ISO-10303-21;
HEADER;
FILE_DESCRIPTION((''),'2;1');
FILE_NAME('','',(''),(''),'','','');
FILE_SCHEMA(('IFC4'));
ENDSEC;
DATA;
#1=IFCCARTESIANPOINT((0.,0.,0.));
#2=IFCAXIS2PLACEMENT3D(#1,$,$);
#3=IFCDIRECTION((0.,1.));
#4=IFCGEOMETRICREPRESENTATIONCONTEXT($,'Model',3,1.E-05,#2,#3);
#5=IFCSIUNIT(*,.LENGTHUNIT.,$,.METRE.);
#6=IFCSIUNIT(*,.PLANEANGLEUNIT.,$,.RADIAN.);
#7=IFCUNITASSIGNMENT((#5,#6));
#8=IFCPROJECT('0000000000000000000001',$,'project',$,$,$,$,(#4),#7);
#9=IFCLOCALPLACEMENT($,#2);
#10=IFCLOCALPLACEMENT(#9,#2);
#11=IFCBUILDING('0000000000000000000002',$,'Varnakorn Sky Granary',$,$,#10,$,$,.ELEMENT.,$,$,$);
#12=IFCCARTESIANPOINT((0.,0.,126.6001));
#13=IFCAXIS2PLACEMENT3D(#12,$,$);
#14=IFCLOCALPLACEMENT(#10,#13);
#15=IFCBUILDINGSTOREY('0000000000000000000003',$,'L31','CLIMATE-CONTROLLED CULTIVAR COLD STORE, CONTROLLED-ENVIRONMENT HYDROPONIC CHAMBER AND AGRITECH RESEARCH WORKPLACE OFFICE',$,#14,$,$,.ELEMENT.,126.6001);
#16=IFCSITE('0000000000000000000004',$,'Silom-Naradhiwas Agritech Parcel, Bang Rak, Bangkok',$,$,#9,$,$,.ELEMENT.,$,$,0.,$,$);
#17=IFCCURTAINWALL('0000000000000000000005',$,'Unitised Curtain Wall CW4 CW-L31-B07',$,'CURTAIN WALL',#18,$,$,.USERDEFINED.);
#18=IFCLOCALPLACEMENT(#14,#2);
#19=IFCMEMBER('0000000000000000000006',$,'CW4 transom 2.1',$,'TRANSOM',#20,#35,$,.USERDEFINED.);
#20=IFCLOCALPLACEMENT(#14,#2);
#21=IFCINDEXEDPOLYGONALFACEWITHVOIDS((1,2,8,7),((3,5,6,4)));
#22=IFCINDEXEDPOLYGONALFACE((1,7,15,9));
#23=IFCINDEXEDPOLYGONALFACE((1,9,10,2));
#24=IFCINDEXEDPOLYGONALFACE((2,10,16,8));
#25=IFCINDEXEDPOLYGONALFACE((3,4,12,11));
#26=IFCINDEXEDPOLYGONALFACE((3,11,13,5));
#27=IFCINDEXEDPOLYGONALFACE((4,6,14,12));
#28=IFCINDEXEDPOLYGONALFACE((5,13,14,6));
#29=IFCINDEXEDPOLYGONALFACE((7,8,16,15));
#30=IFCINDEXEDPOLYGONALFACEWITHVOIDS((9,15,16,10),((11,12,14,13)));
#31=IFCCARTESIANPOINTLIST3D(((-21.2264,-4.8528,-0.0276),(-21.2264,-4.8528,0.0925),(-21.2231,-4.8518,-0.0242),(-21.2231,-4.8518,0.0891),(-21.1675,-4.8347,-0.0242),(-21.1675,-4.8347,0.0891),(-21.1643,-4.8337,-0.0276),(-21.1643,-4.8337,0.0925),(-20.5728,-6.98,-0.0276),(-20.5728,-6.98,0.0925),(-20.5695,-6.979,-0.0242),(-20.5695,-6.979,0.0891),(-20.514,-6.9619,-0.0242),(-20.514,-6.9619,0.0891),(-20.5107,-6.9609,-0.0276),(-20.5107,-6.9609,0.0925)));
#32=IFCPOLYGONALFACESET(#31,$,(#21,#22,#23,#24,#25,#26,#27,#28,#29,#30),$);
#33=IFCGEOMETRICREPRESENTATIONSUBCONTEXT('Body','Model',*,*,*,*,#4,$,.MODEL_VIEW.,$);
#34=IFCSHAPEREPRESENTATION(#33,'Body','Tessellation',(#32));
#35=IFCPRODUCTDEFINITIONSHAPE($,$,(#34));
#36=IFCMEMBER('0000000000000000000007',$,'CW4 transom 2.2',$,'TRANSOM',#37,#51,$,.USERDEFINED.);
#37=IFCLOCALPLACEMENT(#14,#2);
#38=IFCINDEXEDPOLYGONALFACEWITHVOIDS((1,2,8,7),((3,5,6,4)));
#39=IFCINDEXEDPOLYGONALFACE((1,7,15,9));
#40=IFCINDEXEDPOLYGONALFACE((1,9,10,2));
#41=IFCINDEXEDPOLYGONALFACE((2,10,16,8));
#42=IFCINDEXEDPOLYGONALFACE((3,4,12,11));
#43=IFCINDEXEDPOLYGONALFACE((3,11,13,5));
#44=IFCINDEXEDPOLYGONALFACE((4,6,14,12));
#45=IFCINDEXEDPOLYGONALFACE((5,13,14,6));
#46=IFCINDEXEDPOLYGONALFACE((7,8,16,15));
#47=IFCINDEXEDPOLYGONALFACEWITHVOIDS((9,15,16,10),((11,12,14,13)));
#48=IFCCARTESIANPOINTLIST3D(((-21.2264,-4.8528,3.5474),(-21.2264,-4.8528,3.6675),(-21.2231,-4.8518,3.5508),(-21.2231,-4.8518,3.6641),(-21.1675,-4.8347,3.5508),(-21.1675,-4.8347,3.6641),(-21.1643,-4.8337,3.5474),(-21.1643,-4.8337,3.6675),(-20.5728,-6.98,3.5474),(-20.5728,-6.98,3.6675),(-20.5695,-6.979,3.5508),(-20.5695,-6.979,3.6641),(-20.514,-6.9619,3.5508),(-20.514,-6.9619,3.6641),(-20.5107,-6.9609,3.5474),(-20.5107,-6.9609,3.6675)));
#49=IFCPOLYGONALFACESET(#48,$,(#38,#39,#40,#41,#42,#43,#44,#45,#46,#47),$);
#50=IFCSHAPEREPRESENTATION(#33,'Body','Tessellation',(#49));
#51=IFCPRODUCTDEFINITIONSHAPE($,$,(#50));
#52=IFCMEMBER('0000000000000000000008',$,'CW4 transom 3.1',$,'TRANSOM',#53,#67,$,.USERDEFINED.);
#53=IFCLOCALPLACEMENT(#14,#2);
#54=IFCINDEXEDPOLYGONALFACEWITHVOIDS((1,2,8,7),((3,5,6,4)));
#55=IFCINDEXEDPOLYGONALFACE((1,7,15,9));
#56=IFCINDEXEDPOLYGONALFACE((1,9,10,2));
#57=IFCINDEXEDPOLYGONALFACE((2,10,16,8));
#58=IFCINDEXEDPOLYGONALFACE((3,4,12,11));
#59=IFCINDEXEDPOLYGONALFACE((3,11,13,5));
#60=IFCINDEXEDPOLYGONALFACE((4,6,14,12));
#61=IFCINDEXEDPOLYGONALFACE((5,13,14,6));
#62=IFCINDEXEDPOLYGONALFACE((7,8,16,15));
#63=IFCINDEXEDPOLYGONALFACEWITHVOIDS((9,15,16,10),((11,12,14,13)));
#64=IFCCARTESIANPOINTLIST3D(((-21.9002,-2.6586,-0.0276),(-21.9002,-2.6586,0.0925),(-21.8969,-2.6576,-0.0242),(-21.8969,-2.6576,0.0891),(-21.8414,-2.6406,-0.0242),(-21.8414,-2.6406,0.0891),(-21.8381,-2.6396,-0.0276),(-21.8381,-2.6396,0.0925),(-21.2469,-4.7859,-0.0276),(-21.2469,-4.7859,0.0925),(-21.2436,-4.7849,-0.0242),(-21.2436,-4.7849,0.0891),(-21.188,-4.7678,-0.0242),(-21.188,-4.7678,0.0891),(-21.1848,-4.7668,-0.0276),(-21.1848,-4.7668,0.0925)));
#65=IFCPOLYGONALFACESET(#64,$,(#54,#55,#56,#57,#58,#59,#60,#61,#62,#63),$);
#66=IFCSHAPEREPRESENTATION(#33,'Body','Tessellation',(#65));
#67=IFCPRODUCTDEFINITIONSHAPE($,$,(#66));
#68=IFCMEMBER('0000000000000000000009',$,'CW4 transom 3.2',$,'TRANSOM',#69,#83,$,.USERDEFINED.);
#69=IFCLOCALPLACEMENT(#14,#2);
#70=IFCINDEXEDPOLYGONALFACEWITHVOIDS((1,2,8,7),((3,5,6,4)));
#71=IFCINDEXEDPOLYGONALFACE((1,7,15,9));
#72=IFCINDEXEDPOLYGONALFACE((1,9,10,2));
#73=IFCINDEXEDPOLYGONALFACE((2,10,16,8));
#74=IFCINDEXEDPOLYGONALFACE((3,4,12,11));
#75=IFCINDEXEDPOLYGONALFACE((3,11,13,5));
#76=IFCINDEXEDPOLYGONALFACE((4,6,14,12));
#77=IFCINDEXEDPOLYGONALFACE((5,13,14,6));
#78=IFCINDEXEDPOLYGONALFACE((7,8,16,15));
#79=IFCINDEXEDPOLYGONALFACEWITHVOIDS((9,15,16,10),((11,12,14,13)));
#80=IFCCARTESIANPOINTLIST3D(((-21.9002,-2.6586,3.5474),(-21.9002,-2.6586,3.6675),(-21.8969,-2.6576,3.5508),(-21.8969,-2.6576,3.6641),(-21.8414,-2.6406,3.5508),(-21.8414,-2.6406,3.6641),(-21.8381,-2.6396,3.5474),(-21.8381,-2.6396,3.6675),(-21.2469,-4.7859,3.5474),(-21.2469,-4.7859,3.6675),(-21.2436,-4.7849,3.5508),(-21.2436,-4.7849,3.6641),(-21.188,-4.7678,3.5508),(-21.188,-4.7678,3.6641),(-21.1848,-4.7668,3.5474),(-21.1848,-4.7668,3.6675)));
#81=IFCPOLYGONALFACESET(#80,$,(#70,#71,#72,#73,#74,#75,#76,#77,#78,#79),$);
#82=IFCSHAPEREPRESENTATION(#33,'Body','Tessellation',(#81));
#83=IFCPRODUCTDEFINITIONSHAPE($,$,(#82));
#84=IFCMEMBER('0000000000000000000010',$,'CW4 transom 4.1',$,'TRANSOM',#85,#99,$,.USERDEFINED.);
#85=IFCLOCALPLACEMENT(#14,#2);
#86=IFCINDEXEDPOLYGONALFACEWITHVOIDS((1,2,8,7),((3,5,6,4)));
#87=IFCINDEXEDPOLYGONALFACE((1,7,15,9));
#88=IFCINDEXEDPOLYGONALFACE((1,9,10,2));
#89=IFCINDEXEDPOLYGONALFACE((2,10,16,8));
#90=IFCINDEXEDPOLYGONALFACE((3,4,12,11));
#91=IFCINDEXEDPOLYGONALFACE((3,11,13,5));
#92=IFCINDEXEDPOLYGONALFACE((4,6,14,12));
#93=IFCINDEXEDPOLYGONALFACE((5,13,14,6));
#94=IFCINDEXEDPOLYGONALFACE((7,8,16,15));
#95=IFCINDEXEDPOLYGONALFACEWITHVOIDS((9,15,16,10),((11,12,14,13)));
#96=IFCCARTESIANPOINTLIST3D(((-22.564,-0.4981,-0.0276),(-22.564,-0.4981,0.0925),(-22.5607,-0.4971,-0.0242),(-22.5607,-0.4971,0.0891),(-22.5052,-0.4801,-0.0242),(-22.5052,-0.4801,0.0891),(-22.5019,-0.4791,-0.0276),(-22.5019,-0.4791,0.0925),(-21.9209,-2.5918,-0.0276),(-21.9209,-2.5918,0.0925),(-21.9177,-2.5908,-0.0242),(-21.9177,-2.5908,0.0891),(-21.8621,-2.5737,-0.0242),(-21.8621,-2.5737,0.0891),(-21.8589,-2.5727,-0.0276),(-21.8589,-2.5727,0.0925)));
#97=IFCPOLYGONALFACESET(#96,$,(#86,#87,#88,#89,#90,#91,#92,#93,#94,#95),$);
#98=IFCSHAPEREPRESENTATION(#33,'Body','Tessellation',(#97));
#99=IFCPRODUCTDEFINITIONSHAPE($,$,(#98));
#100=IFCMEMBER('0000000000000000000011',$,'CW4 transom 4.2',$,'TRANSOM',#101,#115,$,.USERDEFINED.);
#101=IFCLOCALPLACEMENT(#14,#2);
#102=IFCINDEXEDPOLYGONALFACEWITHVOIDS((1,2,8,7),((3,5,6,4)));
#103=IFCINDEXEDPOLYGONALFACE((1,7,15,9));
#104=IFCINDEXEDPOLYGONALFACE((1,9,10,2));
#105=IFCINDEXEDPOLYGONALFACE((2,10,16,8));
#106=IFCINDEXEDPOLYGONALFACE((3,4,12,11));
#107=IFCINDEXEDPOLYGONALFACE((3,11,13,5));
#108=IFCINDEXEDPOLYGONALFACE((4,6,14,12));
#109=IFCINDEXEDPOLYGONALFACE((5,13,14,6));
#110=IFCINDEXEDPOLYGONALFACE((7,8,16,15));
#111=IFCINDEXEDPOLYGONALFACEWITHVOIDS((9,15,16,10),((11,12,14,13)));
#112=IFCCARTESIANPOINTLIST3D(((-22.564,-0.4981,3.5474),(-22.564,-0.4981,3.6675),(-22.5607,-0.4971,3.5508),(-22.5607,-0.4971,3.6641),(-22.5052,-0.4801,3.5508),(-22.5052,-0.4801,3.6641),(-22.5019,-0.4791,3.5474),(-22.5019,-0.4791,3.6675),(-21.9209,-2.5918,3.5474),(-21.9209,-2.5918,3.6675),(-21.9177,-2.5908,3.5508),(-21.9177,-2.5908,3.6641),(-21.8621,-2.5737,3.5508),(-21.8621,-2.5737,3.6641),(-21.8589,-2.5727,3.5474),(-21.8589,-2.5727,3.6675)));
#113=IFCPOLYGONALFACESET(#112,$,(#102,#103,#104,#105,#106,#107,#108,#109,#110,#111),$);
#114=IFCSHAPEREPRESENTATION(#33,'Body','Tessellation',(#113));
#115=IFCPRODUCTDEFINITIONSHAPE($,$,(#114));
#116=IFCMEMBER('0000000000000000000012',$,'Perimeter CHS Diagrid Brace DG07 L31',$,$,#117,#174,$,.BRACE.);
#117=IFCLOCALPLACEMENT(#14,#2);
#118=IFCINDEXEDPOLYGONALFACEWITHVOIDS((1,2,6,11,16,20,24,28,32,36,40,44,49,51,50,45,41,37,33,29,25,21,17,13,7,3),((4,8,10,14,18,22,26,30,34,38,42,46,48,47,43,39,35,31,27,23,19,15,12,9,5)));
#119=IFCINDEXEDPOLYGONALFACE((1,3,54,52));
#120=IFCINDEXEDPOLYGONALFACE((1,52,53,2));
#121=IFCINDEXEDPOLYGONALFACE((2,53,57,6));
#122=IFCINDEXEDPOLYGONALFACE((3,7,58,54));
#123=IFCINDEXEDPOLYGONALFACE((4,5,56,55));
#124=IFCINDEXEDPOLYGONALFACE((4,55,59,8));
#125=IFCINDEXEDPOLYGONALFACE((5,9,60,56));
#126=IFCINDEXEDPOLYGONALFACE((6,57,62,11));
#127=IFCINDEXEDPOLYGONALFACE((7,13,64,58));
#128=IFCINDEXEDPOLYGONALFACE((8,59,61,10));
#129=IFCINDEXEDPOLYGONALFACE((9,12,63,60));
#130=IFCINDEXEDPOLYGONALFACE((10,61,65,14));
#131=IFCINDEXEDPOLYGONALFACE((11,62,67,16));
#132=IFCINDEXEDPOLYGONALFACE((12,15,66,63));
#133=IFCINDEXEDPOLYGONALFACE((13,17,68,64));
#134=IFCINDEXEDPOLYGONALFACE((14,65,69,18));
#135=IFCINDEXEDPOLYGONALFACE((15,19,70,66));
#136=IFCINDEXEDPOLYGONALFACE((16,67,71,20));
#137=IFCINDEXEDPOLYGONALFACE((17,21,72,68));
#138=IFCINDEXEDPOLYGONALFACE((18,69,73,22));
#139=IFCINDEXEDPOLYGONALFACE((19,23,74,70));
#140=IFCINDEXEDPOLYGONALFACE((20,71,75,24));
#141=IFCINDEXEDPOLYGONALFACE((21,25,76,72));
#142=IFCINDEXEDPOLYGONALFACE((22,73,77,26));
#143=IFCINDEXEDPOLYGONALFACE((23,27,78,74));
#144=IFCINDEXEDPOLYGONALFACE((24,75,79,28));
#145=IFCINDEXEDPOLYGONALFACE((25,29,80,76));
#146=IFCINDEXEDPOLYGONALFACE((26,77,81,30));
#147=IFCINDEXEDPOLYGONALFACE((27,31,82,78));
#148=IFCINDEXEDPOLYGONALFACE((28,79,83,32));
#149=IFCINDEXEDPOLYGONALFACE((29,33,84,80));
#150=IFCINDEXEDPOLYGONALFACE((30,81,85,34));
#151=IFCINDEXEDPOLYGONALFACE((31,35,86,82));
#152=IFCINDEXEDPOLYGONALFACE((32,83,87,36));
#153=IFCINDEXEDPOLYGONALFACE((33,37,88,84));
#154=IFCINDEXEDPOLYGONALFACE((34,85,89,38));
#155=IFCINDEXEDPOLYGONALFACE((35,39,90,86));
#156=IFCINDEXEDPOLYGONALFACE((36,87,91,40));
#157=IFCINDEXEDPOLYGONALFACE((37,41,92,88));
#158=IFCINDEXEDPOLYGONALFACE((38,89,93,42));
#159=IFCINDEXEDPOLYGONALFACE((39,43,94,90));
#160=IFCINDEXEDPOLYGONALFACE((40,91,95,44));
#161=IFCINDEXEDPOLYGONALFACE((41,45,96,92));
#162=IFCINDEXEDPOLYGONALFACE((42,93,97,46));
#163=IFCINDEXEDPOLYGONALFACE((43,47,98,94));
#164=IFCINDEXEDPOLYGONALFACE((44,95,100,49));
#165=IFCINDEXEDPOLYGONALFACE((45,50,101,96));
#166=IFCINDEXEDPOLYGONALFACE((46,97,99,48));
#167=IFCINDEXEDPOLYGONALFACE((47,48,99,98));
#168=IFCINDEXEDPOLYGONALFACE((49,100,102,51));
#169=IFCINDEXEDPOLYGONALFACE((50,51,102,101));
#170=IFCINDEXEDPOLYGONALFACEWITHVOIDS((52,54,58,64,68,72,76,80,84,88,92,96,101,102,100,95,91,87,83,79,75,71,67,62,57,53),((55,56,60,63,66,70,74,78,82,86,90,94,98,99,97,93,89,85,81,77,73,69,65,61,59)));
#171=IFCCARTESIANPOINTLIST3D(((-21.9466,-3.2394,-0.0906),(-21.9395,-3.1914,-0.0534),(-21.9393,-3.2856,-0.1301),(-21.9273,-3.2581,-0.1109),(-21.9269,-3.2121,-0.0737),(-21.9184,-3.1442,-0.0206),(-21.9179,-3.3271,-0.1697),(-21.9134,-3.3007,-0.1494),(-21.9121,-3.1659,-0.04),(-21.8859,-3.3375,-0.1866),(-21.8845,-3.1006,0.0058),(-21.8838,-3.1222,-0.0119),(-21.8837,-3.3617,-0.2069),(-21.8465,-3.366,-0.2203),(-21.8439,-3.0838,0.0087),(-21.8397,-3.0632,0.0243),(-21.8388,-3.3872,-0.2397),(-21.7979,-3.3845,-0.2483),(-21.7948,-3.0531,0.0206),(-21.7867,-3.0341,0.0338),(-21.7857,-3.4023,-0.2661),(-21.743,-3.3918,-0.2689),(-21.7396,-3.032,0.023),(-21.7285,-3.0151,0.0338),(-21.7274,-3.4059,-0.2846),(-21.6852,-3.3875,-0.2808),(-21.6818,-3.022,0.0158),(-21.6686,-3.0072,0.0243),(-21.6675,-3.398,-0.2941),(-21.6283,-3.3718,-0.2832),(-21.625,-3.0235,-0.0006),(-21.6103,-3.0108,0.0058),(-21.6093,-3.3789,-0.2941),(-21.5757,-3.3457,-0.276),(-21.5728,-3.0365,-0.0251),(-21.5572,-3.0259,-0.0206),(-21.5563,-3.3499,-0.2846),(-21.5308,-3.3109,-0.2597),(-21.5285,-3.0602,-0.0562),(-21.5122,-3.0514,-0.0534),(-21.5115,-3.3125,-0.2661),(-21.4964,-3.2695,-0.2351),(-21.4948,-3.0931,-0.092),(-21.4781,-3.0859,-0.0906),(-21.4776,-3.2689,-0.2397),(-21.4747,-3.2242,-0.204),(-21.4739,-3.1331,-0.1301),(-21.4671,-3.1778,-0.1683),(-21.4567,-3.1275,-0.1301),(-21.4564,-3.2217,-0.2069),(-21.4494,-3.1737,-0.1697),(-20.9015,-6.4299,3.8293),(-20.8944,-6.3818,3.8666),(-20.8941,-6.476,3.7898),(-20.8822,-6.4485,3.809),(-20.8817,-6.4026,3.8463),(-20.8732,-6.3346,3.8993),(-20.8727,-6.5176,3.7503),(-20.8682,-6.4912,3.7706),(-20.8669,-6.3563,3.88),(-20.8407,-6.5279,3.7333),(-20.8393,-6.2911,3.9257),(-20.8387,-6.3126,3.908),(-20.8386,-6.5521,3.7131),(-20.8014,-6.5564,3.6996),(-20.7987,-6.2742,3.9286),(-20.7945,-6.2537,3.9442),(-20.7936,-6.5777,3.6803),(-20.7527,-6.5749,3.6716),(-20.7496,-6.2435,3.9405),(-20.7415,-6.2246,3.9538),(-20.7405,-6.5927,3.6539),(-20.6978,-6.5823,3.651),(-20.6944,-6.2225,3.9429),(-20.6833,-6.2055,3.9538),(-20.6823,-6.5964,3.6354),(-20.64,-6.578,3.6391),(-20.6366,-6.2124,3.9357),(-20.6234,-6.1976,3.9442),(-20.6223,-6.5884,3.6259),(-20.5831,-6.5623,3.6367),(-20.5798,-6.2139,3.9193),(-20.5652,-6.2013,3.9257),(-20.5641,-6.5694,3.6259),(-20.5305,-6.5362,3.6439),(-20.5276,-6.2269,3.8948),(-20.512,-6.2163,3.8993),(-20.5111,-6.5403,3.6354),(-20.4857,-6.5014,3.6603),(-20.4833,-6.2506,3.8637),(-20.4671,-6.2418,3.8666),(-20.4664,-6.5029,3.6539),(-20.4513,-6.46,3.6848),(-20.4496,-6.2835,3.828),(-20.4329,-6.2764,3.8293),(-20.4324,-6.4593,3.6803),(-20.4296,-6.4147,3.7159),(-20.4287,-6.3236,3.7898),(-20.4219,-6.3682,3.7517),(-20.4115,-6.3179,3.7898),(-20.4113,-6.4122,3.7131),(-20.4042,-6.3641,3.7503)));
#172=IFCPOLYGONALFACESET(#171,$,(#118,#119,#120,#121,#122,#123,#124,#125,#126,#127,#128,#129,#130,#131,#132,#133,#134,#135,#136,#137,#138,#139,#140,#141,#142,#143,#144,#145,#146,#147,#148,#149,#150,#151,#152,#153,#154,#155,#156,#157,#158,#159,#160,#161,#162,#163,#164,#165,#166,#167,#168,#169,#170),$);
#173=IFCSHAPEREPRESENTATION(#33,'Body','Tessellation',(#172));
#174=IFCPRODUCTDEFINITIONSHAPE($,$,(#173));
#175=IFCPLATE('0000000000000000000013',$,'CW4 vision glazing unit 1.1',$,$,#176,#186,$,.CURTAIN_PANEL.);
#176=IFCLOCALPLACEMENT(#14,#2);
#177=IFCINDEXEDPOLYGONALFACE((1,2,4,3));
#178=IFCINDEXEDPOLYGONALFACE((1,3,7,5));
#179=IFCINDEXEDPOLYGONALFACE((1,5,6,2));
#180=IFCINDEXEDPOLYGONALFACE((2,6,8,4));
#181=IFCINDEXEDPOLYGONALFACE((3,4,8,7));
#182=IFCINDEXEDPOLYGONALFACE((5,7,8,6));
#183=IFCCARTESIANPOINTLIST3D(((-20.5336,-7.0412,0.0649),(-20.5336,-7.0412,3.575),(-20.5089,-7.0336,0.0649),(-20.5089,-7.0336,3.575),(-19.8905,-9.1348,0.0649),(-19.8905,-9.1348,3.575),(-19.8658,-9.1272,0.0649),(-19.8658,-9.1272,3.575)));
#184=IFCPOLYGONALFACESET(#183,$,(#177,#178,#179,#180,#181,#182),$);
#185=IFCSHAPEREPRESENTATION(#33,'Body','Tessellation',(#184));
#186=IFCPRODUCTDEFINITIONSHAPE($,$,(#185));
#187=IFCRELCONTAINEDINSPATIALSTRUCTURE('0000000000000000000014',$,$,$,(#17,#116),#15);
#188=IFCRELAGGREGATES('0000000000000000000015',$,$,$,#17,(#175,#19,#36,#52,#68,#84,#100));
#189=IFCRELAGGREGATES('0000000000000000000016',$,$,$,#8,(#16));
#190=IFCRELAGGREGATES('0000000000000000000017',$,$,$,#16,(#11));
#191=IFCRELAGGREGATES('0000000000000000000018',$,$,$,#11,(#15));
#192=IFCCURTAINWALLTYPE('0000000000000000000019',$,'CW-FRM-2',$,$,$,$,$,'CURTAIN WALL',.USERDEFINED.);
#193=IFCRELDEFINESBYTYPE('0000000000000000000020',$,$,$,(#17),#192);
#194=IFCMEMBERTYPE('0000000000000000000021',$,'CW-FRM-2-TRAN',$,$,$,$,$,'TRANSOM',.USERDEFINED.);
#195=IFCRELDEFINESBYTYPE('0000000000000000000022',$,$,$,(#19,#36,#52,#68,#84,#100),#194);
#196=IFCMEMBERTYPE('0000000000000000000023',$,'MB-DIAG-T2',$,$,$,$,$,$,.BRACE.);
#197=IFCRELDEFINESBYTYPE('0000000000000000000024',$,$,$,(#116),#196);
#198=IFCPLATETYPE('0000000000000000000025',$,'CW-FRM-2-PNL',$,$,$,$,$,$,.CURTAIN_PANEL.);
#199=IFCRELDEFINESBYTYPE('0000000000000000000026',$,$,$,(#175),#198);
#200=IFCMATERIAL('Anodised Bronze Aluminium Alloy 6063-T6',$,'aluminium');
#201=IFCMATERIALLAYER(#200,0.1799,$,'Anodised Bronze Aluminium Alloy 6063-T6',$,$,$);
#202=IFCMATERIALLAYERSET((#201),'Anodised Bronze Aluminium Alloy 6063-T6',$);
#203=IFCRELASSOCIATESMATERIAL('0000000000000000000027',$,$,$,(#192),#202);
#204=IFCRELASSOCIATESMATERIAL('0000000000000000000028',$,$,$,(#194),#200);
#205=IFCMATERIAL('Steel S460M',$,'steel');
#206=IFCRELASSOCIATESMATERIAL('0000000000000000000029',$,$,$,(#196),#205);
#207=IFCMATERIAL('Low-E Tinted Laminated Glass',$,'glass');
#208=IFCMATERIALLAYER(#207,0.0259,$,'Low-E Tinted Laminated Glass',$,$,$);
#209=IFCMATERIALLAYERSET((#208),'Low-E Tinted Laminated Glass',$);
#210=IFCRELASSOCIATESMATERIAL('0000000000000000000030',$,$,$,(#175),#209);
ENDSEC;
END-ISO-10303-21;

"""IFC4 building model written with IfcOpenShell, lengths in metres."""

from ifc_helpers import new_model, si_unit, direction, frame, origin, origin_2d, place, context, subcontext, project, spatial, rectangle, hollow_rectangle, hollow_circle, extrude, source, transform, mapped, material, layer, layer_set, material_profile, profile_set, type_object, element, aggregate, save


model = new_model("IFC4")

# Units and contexts
model_context = context("Model", 3, precision=1e-05, world=origin(), true_north=direction((0.0, 1.0)))
body_context = subcontext(model_context, "Body", "Model", "MODEL_VIEW")
ifc_project = project(units=[si_unit("LENGTHUNIT", "METRE"), si_unit("PLANEANGLEUNIT", "RADIAN")], contexts=[model_context])

# Site, building, storey
site_placement = place(None, origin())
site = spatial("IfcSite", under=ifc_project, at=site_placement, Name="Silom-Naradhiwas Agritech Parcel, Bang Rak, Bangkok", CompositionType="ELEMENT", RefElevation=0.0)
building_placement = place(site_placement, origin())
building = spatial("IfcBuilding", under=site, at=building_placement, Name="Varnakorn Sky Granary", CompositionType="ELEMENT")
storey_placement = place(building_placement, frame((0.0, 0.0, 126.6001)))
storey = spatial("IfcBuildingStorey", under=building, at=storey_placement, Name="L31", Description="CLIMATE-CONTROLLED CULTIVAR COLD STORE, CONTROLLED-ENVIRONMENT HYDROPONIC CHAMBER AND AGRITECH RESEARCH WORKPLACE OFFICE", CompositionType="ELEMENT", Elevation=126.6001)

# Shared definitions
ifc_material_1 = material(Name="Steel S460M", Category="steel")

# Curtain wall, members
ifc_material_2 = material(Name="Anodised Bronze Aluminium Alloy 6063-T6", Category="aluminium")
ifc_layer_1 = layer(ifc_material_2, 0.1799, Name="Anodised Bronze Aluminium Alloy 6063-T6")
ifc_layer_set_1 = layer_set([ifc_layer_1], Name="Anodised Bronze Aluminium Alloy 6063-T6")
curtain_wall_type = type_object("IfcCurtainWallType", Name="CW-FRM-2", ElementType="CURTAIN WALL", PredefinedType="USERDEFINED", material=ifc_layer_set_1)
curtain_wall_placement = place(storey_placement, origin())
curtain_wall = element("IfcCurtainWall", 1, at=curtain_wall_placement, inside=storey, type_object=curtain_wall_type, Name="Unitised Curtain Wall CW4 CW-L31-B07", ObjectType="CURTAIN WALL", PredefinedType="USERDEFINED")
ifc_material_profile_1 = material_profile(ifc_material_2, hollow_rectangle(XDim=0.0649, YDim=0.1201, WallThickness=0.0034, at=origin_2d()), Name="ALU TRAN 65x120")
ifc_profile_set_1 = profile_set([ifc_material_profile_1], Name="Anodised Bronze Aluminium Alloy 6063-T6")
member_type_1 = type_object("IfcMemberType", Name="CW-FRM-2-TRAN", ElementType="TRANSOM", PredefinedType="USERDEFINED", material=ifc_profile_set_1)
member_1_placement = place(storey_placement, frame((-20.5417, -6.9705, 0.0325), z_axis=(-0.293693, 0.9559, 0.0), x_axis=(-0.9559, -0.293693, 0.0)))
member_1 = element("IfcMember", 2, at=member_1_placement, type_object=member_type_1, Name="CW4 transom 2.1", ObjectType="TRANSOM", PredefinedType="USERDEFINED", context=body_context, shape_type="SweptSolid", body=[
    extrude(hollow_rectangle(XDim=0.0649, YDim=0.1201, WallThickness=0.0034, at=origin_2d()), origin(), (0.0, 0.0, 1.0), 2.2253),
])
member_2_placement = place(storey_placement, frame((-20.5417, -6.9705, 3.6074), z_axis=(-0.293693, 0.9559, 0.0), x_axis=(-0.9559, -0.293693, 0.0)))
member_2 = element("IfcMember", 3, at=member_2_placement, type_object=member_type_1, Name="CW4 transom 2.2", ObjectType="TRANSOM", PredefinedType="USERDEFINED", context=body_context, shape_type="SweptSolid", body=[
    extrude(hollow_rectangle(XDim=0.0649, YDim=0.1201, WallThickness=0.0034, at=origin_2d()), origin(), (0.0, 0.0, 1.0), 2.2253),
])
member_3_placement = place(storey_placement, frame((-21.2158, -4.7764, 0.0325), z_axis=(-0.293592, 0.955931, 0.0), x_axis=(-0.955931, -0.293592, 0.0)))
member_3 = element("IfcMember", 4, at=member_3_placement, type_object=member_type_1, Name="CW4 transom 3.1", ObjectType="TRANSOM", PredefinedType="USERDEFINED", context=body_context, shape_type="SweptSolid", body=[
    extrude(hollow_rectangle(XDim=0.0649, YDim=0.1201, WallThickness=0.0034, at=origin_2d()), origin(), (0.0, 0.0, 1.0), 2.2253),
])
member_4_placement = place(storey_placement, frame((-21.2158, -4.7764, 3.6074), z_axis=(-0.293592, 0.955931, 0.0), x_axis=(-0.955931, -0.293592, 0.0)))
member_4 = element("IfcMember", 5, at=member_4_placement, type_object=member_type_1, Name="CW4 transom 3.2", ObjectType="TRANSOM", PredefinedType="USERDEFINED", context=body_context, shape_type="SweptSolid", body=[
    extrude(hollow_rectangle(XDim=0.0649, YDim=0.1201, WallThickness=0.0034, at=origin_2d()), origin(), (0.0, 0.0, 1.0), 2.2253),
])
member_5_placement = place(storey_placement, frame((-21.8899, -2.5823, 0.0325), z_axis=(-0.2936, 0.955928, 0.0), x_axis=(-0.955928, -0.2936, 0.0)))
member_5 = element("IfcMember", 6, at=member_5_placement, type_object=member_type_1, Name="CW4 transom 4.1", ObjectType="TRANSOM", PredefinedType="USERDEFINED", context=body_context, shape_type="SweptSolid", body=[
    extrude(hollow_rectangle(XDim=0.0649, YDim=0.1201, WallThickness=0.0034, at=origin_2d()), origin(), (0.0, 0.0, 1.0), 2.1902),
])
member_6_placement = place(storey_placement, frame((-21.8899, -2.5823, 3.6074), z_axis=(-0.2936, 0.955928, 0.0), x_axis=(-0.955928, -0.2936, 0.0)))
member_6 = element("IfcMember", 7, at=member_6_placement, type_object=member_type_1, Name="CW4 transom 4.2", ObjectType="TRANSOM", PredefinedType="USERDEFINED", context=body_context, shape_type="SweptSolid", body=[
    extrude(hollow_rectangle(XDim=0.0649, YDim=0.1201, WallThickness=0.0034, at=origin_2d()), origin(), (0.0, 0.0, 1.0), 2.1902),
])

# Member
ifc_material_profile_2 = material_profile(ifc_material_1, hollow_circle(Radius=0.2539, WallThickness=0.0181, at=origin_2d()), Name="CHS 508x18")
ifc_profile_set_2 = profile_set([ifc_material_profile_2], Name="Steel S460M")
member_type_2 = type_object("IfcMemberType", Name="MB-DIAG-T2", PredefinedType="BRACE", material=ifc_profile_set_2)
member_7_placement = place(storey_placement, frame((-21.698, -3.2065, -0.1301), z_axis=(0.202508, -0.618168, 0.759512), x_axis=(0.950307, 0.311315, 0.0)))
element("IfcMember", 8, at=member_7_placement, inside=storey, type_object=member_type_2, Name="Perimeter CHS Diagrid Brace DG07 L31", PredefinedType="BRACE", context=body_context, shape_type="SweptSolid", body=[
    extrude(hollow_circle(Radius=0.2539, WallThickness=0.0181, at=origin_2d()), origin(), (0.0, 0.0, 1.0), 5.1611),
])

# Plate
ifc_material_3 = material(Name="Low-E Tinted Laminated Glass", Category="glass")
ifc_layer_2 = layer(ifc_material_3, 0.0259, Name="Low-E Tinted Laminated Glass")
ifc_layer_set_2 = layer_set([ifc_layer_2], Name="Low-E Tinted Laminated Glass")
plate_type = type_object("IfcPlateType", Name="CW-FRM-2-PNL", PredefinedType="CURTAIN_PANEL")
shared_shape_1 = source(origin(), body_context, "Body", "SweptSolid", [
    extrude(rectangle(XDim=2.1902, YDim=0.0259, at=origin_2d()), origin(), (0.0, 0.0, 1.0), 3.51),
])
plate_1_placement = place(storey_placement, frame((-20.1997, -8.0842, 0.0649), z_axis=(0.0, 0.0, 1.0), x_axis=(-0.293638, 0.955917, 0.0)))
plate_1 = element("IfcPlate", 9, at=plate_1_placement, type_object=plate_type, material=ifc_layer_set_2, Name="CW4 vision glazing unit 1.1", PredefinedType="CURTAIN_PANEL", context=body_context, shape_type="MappedRepresentation", body=[
    mapped(shared_shape_1, transform((0.0, 0.0, 0.0), x_axis=(1.0, 0.0, 0.0), y_axis=(0.0, 1.0, 0.0), z_axis=(0.0, 0.0, 1.0), scale=1.0)),
])
aggregate(curtain_wall, [plate_1, member_1, member_2, member_3, member_4, member_5, member_6])

save(model, "model.ifc")
